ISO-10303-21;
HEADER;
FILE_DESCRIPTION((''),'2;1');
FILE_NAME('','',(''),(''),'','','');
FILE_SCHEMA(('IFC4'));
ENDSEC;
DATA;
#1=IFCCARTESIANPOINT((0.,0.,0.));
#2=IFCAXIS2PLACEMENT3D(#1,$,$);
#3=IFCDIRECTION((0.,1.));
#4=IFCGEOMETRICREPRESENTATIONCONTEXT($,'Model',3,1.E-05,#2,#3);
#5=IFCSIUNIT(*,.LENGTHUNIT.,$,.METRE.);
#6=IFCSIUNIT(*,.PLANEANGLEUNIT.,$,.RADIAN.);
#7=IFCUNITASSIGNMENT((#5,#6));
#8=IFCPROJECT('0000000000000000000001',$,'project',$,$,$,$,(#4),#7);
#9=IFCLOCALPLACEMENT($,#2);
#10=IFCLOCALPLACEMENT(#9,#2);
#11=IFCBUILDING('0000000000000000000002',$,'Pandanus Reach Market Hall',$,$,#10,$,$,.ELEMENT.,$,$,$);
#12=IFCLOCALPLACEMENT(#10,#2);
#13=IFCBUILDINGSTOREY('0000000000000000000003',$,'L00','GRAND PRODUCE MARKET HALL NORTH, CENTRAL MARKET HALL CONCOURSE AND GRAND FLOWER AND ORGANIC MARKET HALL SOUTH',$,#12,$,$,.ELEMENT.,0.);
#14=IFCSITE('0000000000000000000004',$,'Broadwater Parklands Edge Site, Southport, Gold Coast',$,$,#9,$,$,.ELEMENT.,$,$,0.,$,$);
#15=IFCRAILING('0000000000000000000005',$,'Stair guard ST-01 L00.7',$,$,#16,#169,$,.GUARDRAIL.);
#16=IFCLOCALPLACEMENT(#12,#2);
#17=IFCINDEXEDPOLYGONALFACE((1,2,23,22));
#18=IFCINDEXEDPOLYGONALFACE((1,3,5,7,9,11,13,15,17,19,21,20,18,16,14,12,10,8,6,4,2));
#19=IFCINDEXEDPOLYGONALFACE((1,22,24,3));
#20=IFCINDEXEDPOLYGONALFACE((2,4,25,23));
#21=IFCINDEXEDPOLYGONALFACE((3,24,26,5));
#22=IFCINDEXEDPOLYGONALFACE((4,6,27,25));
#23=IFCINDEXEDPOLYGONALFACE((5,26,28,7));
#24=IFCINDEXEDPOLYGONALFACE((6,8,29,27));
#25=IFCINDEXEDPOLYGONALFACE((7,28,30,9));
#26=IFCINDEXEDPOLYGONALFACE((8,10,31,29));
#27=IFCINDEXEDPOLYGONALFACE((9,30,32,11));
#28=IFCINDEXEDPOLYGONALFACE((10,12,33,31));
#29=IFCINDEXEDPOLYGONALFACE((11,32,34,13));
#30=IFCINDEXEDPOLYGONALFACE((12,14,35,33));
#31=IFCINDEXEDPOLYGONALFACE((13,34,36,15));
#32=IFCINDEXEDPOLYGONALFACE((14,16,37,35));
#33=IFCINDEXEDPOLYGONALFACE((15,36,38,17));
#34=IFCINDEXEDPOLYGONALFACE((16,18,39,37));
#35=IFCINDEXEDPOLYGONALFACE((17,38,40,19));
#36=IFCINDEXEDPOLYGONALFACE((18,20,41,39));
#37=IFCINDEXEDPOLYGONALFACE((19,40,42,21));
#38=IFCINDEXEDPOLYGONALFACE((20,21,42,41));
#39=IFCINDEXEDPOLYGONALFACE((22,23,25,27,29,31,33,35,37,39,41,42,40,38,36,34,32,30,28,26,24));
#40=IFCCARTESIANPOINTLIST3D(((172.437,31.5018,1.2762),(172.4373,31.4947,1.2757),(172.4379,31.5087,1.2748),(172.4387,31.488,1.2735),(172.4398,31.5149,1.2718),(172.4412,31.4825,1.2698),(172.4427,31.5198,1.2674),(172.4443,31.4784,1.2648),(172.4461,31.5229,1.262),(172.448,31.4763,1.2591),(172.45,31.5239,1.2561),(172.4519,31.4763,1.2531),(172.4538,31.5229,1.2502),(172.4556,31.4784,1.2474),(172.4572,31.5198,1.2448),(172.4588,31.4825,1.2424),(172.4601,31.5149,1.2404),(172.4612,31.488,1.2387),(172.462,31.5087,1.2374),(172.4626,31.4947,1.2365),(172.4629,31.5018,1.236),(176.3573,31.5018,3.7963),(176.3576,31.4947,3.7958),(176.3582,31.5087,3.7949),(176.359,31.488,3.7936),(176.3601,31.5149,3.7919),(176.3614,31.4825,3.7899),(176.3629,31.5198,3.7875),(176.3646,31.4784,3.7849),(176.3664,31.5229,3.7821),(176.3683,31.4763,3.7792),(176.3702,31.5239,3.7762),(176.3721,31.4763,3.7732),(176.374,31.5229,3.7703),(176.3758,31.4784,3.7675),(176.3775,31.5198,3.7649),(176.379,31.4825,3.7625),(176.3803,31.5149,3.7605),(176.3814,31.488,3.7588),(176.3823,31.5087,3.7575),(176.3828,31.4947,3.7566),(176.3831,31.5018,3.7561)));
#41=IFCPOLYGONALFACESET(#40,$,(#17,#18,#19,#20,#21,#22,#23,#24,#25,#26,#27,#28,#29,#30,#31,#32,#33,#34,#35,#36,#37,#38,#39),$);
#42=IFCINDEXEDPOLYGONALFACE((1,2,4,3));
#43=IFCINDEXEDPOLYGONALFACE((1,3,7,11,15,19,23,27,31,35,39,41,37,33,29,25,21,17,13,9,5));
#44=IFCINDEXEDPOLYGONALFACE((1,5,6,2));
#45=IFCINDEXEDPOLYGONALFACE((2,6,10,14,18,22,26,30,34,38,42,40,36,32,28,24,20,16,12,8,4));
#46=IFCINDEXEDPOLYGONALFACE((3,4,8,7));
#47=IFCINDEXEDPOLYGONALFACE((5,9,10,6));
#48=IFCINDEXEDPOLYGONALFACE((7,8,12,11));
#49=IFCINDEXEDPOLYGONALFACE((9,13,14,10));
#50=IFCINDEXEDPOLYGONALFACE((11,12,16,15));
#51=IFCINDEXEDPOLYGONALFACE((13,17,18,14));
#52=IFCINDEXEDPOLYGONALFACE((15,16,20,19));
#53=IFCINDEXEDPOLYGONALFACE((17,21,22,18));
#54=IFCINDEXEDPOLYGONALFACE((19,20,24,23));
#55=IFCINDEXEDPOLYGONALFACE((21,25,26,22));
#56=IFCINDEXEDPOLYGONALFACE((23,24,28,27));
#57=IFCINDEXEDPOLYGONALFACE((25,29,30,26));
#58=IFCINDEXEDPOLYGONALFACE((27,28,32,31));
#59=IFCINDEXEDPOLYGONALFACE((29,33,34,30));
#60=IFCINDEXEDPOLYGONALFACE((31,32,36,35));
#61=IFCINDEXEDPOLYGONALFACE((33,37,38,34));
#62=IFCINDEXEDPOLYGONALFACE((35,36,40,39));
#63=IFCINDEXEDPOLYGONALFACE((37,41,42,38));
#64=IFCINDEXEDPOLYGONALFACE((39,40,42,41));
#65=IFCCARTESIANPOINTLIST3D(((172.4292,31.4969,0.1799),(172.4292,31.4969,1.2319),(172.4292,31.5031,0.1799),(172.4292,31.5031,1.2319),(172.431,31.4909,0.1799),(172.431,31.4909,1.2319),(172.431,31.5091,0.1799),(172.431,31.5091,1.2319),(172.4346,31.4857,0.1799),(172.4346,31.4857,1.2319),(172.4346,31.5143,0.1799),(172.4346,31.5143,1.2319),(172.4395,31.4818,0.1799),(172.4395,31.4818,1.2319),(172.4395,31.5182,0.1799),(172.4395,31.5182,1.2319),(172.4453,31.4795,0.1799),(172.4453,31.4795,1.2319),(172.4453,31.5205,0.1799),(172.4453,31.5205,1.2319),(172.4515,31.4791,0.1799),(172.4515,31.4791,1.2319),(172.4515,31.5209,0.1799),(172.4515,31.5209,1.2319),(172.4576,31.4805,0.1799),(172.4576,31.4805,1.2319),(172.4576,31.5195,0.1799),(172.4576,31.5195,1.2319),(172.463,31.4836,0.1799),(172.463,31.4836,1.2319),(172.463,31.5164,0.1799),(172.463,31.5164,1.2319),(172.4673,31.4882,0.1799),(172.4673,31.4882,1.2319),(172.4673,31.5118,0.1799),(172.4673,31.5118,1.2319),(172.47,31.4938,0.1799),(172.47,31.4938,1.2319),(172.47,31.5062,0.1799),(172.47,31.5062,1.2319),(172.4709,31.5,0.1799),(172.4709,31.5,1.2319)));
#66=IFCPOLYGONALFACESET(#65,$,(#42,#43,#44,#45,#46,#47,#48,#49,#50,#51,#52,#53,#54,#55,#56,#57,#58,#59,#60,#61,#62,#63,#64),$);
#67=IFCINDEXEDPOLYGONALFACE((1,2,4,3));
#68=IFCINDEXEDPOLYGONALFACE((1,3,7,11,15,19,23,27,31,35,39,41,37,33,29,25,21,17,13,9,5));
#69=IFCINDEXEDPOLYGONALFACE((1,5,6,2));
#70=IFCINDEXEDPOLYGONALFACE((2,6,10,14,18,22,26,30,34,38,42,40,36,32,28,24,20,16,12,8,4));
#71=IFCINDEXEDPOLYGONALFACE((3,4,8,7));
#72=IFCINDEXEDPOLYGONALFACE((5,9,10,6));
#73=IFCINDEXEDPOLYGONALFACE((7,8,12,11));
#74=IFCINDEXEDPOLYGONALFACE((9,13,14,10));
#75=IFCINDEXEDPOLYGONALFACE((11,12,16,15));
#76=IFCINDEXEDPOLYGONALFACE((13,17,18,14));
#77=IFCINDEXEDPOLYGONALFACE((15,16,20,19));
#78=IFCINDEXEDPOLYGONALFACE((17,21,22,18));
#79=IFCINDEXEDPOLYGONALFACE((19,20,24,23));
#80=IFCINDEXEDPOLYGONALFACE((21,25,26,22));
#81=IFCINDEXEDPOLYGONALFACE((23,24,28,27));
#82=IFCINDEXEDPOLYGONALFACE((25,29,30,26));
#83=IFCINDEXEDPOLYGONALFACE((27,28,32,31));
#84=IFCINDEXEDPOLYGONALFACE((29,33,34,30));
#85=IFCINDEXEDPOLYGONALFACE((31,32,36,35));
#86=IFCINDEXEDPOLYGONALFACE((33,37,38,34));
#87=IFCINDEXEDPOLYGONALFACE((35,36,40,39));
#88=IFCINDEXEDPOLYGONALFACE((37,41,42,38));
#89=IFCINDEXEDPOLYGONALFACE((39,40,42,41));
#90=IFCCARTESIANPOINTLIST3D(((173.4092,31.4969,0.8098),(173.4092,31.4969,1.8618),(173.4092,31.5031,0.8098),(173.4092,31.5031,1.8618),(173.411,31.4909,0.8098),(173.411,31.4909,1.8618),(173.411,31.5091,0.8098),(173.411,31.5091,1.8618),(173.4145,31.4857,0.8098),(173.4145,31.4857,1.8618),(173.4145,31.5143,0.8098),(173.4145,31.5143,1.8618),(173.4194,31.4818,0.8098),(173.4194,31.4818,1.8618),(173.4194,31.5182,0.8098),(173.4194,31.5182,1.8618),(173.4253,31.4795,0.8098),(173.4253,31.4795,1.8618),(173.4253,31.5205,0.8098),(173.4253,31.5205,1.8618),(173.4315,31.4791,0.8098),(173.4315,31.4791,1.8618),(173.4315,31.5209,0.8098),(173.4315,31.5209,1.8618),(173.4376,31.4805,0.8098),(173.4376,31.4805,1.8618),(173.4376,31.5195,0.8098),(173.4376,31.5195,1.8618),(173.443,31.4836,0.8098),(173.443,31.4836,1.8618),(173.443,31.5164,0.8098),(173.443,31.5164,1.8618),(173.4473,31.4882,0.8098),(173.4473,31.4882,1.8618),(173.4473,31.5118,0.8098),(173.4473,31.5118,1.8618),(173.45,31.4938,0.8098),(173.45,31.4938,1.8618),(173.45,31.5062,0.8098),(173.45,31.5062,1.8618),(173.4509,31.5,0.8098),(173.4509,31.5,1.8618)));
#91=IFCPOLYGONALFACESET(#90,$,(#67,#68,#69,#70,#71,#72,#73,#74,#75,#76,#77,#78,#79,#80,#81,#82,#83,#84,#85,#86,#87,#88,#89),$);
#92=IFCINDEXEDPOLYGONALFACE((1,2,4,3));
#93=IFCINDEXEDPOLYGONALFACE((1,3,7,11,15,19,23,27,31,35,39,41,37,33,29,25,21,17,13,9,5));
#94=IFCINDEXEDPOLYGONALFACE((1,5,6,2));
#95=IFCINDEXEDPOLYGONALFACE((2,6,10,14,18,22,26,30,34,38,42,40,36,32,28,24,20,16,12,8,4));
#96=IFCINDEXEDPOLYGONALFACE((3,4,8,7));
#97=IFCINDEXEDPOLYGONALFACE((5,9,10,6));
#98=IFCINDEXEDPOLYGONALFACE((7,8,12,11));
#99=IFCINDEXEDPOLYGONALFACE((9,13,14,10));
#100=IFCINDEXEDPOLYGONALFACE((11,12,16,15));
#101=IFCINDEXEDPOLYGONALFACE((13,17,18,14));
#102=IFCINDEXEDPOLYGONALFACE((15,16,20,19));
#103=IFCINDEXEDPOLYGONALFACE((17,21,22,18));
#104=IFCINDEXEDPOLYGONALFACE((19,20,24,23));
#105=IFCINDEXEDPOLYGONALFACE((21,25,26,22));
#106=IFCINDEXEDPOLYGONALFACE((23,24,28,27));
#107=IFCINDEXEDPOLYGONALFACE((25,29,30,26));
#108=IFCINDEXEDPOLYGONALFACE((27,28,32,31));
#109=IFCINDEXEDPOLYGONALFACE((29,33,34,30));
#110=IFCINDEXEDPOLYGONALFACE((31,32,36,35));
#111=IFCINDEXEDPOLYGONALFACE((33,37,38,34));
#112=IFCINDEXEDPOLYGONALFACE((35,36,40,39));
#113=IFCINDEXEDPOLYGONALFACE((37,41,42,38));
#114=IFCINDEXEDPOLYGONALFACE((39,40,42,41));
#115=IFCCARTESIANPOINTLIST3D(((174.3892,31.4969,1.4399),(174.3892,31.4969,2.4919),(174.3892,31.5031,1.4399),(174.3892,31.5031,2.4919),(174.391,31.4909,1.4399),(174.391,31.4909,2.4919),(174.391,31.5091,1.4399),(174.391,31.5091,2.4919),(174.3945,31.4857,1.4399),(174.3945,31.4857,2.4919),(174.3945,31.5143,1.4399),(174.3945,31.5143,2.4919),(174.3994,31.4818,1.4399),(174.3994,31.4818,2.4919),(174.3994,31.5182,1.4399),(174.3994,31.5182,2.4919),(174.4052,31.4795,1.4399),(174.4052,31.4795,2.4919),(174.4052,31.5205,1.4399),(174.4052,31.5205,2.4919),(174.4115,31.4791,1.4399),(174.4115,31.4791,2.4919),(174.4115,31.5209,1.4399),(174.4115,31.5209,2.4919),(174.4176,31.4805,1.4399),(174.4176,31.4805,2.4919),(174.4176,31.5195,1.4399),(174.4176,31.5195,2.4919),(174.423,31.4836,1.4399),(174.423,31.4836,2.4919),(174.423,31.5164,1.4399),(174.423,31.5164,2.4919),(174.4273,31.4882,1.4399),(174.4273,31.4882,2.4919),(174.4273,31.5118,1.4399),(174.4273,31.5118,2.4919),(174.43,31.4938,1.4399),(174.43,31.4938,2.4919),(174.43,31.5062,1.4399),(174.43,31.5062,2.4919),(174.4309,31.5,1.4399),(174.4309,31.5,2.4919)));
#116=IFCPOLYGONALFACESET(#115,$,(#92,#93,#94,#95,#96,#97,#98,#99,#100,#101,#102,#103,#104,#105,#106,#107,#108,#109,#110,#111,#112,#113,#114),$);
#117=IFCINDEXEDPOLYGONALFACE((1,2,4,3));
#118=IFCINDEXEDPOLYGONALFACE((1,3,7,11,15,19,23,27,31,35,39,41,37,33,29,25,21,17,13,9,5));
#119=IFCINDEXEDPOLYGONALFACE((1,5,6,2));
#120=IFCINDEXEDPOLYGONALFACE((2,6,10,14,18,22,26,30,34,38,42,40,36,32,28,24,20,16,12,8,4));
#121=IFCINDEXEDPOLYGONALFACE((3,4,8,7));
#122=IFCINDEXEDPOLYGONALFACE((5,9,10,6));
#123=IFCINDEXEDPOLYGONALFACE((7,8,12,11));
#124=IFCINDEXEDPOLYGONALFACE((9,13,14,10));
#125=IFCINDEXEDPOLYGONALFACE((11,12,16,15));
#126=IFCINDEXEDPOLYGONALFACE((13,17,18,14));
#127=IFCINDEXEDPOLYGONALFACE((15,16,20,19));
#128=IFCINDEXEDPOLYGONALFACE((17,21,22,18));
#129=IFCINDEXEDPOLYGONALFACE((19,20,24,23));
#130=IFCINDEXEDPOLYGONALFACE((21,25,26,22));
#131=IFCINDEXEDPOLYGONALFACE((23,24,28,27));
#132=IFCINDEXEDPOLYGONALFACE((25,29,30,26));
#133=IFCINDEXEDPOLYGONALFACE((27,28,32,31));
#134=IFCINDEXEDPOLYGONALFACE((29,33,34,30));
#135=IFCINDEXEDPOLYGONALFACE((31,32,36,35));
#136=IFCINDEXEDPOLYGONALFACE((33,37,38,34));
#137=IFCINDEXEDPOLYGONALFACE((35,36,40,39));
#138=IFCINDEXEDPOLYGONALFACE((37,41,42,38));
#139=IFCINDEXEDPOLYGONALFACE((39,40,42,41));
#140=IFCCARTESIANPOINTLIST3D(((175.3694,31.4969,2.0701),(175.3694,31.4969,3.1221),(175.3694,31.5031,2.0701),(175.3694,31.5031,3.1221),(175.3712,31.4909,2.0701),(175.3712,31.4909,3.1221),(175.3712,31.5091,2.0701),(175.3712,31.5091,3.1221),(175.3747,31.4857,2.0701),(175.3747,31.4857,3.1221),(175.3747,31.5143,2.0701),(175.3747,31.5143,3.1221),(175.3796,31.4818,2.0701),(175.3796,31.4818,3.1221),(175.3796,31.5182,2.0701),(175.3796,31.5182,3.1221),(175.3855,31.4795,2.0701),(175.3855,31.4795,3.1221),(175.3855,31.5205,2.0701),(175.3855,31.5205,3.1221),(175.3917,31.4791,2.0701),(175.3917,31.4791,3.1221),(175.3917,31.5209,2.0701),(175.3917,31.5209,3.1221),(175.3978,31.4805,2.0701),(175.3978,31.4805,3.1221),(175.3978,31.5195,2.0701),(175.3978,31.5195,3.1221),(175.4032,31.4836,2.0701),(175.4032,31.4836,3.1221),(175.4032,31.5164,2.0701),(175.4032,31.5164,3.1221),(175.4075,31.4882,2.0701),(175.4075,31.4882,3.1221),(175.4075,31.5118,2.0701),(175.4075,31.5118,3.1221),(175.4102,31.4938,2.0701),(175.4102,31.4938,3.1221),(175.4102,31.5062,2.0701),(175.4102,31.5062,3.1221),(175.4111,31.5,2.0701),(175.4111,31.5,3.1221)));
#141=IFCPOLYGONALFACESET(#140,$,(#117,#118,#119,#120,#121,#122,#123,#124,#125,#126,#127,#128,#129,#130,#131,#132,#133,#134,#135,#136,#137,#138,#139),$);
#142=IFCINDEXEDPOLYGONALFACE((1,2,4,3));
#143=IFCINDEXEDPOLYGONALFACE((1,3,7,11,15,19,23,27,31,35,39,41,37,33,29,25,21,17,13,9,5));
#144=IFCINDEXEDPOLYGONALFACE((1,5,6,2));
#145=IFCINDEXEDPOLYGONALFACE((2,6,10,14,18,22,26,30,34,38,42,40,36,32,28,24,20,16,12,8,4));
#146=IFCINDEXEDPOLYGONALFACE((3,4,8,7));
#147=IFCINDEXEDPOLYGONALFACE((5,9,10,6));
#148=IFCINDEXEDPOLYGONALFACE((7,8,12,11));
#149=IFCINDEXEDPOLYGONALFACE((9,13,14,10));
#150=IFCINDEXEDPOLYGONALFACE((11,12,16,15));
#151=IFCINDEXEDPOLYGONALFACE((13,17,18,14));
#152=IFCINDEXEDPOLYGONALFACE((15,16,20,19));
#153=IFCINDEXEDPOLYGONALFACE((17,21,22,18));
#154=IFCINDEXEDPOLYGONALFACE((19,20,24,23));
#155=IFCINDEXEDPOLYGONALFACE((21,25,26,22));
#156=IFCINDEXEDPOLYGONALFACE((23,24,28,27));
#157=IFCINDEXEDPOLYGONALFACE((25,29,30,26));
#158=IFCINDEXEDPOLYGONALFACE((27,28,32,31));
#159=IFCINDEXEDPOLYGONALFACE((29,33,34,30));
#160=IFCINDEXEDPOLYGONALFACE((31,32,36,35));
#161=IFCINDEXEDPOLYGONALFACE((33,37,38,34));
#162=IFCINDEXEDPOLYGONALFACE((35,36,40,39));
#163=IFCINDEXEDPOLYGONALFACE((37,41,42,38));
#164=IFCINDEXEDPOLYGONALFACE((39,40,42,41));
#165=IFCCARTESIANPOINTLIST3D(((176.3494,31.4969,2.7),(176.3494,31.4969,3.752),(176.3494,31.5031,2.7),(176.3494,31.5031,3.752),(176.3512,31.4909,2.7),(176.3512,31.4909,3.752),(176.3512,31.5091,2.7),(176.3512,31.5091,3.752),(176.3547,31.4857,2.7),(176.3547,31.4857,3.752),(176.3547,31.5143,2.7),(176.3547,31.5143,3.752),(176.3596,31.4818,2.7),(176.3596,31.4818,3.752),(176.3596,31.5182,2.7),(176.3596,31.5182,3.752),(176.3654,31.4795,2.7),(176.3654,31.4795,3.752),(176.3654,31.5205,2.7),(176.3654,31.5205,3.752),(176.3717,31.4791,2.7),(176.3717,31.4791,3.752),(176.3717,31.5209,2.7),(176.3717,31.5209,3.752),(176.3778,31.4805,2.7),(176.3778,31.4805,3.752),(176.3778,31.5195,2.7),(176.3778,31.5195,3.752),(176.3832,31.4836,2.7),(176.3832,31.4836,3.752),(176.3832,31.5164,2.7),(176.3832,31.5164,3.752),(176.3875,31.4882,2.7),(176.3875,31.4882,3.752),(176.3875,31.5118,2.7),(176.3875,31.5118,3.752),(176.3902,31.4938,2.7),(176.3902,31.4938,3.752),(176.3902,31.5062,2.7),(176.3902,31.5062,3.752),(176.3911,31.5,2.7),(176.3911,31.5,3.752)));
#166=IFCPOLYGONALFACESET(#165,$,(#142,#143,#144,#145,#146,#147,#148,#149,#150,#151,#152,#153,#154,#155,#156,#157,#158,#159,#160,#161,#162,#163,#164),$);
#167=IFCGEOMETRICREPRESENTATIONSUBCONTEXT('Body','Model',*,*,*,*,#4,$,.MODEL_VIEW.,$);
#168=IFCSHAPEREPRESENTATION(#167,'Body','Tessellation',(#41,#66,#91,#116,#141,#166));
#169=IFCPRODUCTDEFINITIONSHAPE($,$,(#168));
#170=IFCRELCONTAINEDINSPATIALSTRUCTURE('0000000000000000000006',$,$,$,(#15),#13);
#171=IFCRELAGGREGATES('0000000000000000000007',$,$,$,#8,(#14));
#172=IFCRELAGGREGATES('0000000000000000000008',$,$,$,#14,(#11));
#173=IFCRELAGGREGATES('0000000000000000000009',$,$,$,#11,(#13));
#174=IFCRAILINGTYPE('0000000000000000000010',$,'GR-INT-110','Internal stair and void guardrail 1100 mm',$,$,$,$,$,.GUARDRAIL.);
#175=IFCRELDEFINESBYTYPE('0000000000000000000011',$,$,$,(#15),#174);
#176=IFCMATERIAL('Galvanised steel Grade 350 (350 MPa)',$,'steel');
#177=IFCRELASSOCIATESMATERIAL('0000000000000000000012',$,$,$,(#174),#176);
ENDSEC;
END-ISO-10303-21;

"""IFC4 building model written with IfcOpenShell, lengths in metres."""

from ifc_helpers import new_model, si_unit, direction, frame, origin, origin_2d, place, context, subcontext, project, spatial, circle, extrude, material, type_object, element, save


model = new_model("IFC4")

# Units and contexts
model_context = context("Model", 3, precision=1e-05, world=origin(), true_north=direction((0.0, 1.0)))
body_context = subcontext(model_context, "Body", "Model", "MODEL_VIEW")
ifc_project = project(units=[si_unit("LENGTHUNIT", "METRE"), si_unit("PLANEANGLEUNIT", "RADIAN")], contexts=[model_context])

# Site, building, storey
site_placement = place(None, origin())
site = spatial("IfcSite", under=ifc_project, at=site_placement, Name="Broadwater Parklands Edge Site, Southport, Gold Coast", CompositionType="ELEMENT", RefElevation=0.0)
building_placement = place(site_placement, origin())
building = spatial("IfcBuilding", under=site, at=building_placement, Name="Pandanus Reach Market Hall", CompositionType="ELEMENT")
storey_placement = place(building_placement, origin())
storey = spatial("IfcBuildingStorey", under=building, at=storey_placement, Name="L00", Description="GRAND PRODUCE MARKET HALL NORTH, CENTRAL MARKET HALL CONCOURSE AND GRAND FLOWER AND ORGANIC MARKET HALL SOUTH", CompositionType="ELEMENT", Elevation=0.0)

# Railing
ifc_material_1 = material(Name="Galvanised steel Grade 350 (350 MPa)", Category="steel")
railing_type_1 = type_object("IfcRailingType", Name="GR-INT-110", Description="Internal stair and void guardrail 1100 mm", PredefinedType="GUARDRAIL", material=ifc_material_1)
railing_1_placement = place(storey_placement, frame((172.45, 31.5, 0.1799)))
element("IfcRailing", 1, at=railing_1_placement, inside=storey, type_object=railing_type_1, Name="Stair guard ST-01 L00.7", PredefinedType="GUARDRAIL", context=body_context, shape_type="SweptSolid", body=[
    extrude(circle(Radius=0.0239, at=origin_2d()), frame((0.0, 0.0, 1.0762), z_axis=(0.841187, 0.0, 0.540744), x_axis=(0.0, 1.0, 0.0)), (0.0, 0.0, 1.0), 4.6604),
    extrude(circle(Radius=0.021, at=origin_2d()), origin(), (0.0, 0.0, 1.0), 1.052),
    extrude(circle(Radius=0.021, at=origin_2d()), frame((0.98, 0.0, 0.6299)), (0.0, 0.0, 1.0), 1.052),
    extrude(circle(Radius=0.021, at=origin_2d()), frame((1.96, 0.0, 1.26)), (0.0, 0.0, 1.0), 1.052),
    extrude(circle(Radius=0.021, at=origin_2d()), frame((2.9402, 0.0, 1.8901)), (0.0, 0.0, 1.0), 1.052),
    extrude(circle(Radius=0.021, at=origin_2d()), frame((3.9202, 0.0, 2.52)), (0.0, 0.0, 1.0), 1.052),
])

save(model, "model.ifc")
